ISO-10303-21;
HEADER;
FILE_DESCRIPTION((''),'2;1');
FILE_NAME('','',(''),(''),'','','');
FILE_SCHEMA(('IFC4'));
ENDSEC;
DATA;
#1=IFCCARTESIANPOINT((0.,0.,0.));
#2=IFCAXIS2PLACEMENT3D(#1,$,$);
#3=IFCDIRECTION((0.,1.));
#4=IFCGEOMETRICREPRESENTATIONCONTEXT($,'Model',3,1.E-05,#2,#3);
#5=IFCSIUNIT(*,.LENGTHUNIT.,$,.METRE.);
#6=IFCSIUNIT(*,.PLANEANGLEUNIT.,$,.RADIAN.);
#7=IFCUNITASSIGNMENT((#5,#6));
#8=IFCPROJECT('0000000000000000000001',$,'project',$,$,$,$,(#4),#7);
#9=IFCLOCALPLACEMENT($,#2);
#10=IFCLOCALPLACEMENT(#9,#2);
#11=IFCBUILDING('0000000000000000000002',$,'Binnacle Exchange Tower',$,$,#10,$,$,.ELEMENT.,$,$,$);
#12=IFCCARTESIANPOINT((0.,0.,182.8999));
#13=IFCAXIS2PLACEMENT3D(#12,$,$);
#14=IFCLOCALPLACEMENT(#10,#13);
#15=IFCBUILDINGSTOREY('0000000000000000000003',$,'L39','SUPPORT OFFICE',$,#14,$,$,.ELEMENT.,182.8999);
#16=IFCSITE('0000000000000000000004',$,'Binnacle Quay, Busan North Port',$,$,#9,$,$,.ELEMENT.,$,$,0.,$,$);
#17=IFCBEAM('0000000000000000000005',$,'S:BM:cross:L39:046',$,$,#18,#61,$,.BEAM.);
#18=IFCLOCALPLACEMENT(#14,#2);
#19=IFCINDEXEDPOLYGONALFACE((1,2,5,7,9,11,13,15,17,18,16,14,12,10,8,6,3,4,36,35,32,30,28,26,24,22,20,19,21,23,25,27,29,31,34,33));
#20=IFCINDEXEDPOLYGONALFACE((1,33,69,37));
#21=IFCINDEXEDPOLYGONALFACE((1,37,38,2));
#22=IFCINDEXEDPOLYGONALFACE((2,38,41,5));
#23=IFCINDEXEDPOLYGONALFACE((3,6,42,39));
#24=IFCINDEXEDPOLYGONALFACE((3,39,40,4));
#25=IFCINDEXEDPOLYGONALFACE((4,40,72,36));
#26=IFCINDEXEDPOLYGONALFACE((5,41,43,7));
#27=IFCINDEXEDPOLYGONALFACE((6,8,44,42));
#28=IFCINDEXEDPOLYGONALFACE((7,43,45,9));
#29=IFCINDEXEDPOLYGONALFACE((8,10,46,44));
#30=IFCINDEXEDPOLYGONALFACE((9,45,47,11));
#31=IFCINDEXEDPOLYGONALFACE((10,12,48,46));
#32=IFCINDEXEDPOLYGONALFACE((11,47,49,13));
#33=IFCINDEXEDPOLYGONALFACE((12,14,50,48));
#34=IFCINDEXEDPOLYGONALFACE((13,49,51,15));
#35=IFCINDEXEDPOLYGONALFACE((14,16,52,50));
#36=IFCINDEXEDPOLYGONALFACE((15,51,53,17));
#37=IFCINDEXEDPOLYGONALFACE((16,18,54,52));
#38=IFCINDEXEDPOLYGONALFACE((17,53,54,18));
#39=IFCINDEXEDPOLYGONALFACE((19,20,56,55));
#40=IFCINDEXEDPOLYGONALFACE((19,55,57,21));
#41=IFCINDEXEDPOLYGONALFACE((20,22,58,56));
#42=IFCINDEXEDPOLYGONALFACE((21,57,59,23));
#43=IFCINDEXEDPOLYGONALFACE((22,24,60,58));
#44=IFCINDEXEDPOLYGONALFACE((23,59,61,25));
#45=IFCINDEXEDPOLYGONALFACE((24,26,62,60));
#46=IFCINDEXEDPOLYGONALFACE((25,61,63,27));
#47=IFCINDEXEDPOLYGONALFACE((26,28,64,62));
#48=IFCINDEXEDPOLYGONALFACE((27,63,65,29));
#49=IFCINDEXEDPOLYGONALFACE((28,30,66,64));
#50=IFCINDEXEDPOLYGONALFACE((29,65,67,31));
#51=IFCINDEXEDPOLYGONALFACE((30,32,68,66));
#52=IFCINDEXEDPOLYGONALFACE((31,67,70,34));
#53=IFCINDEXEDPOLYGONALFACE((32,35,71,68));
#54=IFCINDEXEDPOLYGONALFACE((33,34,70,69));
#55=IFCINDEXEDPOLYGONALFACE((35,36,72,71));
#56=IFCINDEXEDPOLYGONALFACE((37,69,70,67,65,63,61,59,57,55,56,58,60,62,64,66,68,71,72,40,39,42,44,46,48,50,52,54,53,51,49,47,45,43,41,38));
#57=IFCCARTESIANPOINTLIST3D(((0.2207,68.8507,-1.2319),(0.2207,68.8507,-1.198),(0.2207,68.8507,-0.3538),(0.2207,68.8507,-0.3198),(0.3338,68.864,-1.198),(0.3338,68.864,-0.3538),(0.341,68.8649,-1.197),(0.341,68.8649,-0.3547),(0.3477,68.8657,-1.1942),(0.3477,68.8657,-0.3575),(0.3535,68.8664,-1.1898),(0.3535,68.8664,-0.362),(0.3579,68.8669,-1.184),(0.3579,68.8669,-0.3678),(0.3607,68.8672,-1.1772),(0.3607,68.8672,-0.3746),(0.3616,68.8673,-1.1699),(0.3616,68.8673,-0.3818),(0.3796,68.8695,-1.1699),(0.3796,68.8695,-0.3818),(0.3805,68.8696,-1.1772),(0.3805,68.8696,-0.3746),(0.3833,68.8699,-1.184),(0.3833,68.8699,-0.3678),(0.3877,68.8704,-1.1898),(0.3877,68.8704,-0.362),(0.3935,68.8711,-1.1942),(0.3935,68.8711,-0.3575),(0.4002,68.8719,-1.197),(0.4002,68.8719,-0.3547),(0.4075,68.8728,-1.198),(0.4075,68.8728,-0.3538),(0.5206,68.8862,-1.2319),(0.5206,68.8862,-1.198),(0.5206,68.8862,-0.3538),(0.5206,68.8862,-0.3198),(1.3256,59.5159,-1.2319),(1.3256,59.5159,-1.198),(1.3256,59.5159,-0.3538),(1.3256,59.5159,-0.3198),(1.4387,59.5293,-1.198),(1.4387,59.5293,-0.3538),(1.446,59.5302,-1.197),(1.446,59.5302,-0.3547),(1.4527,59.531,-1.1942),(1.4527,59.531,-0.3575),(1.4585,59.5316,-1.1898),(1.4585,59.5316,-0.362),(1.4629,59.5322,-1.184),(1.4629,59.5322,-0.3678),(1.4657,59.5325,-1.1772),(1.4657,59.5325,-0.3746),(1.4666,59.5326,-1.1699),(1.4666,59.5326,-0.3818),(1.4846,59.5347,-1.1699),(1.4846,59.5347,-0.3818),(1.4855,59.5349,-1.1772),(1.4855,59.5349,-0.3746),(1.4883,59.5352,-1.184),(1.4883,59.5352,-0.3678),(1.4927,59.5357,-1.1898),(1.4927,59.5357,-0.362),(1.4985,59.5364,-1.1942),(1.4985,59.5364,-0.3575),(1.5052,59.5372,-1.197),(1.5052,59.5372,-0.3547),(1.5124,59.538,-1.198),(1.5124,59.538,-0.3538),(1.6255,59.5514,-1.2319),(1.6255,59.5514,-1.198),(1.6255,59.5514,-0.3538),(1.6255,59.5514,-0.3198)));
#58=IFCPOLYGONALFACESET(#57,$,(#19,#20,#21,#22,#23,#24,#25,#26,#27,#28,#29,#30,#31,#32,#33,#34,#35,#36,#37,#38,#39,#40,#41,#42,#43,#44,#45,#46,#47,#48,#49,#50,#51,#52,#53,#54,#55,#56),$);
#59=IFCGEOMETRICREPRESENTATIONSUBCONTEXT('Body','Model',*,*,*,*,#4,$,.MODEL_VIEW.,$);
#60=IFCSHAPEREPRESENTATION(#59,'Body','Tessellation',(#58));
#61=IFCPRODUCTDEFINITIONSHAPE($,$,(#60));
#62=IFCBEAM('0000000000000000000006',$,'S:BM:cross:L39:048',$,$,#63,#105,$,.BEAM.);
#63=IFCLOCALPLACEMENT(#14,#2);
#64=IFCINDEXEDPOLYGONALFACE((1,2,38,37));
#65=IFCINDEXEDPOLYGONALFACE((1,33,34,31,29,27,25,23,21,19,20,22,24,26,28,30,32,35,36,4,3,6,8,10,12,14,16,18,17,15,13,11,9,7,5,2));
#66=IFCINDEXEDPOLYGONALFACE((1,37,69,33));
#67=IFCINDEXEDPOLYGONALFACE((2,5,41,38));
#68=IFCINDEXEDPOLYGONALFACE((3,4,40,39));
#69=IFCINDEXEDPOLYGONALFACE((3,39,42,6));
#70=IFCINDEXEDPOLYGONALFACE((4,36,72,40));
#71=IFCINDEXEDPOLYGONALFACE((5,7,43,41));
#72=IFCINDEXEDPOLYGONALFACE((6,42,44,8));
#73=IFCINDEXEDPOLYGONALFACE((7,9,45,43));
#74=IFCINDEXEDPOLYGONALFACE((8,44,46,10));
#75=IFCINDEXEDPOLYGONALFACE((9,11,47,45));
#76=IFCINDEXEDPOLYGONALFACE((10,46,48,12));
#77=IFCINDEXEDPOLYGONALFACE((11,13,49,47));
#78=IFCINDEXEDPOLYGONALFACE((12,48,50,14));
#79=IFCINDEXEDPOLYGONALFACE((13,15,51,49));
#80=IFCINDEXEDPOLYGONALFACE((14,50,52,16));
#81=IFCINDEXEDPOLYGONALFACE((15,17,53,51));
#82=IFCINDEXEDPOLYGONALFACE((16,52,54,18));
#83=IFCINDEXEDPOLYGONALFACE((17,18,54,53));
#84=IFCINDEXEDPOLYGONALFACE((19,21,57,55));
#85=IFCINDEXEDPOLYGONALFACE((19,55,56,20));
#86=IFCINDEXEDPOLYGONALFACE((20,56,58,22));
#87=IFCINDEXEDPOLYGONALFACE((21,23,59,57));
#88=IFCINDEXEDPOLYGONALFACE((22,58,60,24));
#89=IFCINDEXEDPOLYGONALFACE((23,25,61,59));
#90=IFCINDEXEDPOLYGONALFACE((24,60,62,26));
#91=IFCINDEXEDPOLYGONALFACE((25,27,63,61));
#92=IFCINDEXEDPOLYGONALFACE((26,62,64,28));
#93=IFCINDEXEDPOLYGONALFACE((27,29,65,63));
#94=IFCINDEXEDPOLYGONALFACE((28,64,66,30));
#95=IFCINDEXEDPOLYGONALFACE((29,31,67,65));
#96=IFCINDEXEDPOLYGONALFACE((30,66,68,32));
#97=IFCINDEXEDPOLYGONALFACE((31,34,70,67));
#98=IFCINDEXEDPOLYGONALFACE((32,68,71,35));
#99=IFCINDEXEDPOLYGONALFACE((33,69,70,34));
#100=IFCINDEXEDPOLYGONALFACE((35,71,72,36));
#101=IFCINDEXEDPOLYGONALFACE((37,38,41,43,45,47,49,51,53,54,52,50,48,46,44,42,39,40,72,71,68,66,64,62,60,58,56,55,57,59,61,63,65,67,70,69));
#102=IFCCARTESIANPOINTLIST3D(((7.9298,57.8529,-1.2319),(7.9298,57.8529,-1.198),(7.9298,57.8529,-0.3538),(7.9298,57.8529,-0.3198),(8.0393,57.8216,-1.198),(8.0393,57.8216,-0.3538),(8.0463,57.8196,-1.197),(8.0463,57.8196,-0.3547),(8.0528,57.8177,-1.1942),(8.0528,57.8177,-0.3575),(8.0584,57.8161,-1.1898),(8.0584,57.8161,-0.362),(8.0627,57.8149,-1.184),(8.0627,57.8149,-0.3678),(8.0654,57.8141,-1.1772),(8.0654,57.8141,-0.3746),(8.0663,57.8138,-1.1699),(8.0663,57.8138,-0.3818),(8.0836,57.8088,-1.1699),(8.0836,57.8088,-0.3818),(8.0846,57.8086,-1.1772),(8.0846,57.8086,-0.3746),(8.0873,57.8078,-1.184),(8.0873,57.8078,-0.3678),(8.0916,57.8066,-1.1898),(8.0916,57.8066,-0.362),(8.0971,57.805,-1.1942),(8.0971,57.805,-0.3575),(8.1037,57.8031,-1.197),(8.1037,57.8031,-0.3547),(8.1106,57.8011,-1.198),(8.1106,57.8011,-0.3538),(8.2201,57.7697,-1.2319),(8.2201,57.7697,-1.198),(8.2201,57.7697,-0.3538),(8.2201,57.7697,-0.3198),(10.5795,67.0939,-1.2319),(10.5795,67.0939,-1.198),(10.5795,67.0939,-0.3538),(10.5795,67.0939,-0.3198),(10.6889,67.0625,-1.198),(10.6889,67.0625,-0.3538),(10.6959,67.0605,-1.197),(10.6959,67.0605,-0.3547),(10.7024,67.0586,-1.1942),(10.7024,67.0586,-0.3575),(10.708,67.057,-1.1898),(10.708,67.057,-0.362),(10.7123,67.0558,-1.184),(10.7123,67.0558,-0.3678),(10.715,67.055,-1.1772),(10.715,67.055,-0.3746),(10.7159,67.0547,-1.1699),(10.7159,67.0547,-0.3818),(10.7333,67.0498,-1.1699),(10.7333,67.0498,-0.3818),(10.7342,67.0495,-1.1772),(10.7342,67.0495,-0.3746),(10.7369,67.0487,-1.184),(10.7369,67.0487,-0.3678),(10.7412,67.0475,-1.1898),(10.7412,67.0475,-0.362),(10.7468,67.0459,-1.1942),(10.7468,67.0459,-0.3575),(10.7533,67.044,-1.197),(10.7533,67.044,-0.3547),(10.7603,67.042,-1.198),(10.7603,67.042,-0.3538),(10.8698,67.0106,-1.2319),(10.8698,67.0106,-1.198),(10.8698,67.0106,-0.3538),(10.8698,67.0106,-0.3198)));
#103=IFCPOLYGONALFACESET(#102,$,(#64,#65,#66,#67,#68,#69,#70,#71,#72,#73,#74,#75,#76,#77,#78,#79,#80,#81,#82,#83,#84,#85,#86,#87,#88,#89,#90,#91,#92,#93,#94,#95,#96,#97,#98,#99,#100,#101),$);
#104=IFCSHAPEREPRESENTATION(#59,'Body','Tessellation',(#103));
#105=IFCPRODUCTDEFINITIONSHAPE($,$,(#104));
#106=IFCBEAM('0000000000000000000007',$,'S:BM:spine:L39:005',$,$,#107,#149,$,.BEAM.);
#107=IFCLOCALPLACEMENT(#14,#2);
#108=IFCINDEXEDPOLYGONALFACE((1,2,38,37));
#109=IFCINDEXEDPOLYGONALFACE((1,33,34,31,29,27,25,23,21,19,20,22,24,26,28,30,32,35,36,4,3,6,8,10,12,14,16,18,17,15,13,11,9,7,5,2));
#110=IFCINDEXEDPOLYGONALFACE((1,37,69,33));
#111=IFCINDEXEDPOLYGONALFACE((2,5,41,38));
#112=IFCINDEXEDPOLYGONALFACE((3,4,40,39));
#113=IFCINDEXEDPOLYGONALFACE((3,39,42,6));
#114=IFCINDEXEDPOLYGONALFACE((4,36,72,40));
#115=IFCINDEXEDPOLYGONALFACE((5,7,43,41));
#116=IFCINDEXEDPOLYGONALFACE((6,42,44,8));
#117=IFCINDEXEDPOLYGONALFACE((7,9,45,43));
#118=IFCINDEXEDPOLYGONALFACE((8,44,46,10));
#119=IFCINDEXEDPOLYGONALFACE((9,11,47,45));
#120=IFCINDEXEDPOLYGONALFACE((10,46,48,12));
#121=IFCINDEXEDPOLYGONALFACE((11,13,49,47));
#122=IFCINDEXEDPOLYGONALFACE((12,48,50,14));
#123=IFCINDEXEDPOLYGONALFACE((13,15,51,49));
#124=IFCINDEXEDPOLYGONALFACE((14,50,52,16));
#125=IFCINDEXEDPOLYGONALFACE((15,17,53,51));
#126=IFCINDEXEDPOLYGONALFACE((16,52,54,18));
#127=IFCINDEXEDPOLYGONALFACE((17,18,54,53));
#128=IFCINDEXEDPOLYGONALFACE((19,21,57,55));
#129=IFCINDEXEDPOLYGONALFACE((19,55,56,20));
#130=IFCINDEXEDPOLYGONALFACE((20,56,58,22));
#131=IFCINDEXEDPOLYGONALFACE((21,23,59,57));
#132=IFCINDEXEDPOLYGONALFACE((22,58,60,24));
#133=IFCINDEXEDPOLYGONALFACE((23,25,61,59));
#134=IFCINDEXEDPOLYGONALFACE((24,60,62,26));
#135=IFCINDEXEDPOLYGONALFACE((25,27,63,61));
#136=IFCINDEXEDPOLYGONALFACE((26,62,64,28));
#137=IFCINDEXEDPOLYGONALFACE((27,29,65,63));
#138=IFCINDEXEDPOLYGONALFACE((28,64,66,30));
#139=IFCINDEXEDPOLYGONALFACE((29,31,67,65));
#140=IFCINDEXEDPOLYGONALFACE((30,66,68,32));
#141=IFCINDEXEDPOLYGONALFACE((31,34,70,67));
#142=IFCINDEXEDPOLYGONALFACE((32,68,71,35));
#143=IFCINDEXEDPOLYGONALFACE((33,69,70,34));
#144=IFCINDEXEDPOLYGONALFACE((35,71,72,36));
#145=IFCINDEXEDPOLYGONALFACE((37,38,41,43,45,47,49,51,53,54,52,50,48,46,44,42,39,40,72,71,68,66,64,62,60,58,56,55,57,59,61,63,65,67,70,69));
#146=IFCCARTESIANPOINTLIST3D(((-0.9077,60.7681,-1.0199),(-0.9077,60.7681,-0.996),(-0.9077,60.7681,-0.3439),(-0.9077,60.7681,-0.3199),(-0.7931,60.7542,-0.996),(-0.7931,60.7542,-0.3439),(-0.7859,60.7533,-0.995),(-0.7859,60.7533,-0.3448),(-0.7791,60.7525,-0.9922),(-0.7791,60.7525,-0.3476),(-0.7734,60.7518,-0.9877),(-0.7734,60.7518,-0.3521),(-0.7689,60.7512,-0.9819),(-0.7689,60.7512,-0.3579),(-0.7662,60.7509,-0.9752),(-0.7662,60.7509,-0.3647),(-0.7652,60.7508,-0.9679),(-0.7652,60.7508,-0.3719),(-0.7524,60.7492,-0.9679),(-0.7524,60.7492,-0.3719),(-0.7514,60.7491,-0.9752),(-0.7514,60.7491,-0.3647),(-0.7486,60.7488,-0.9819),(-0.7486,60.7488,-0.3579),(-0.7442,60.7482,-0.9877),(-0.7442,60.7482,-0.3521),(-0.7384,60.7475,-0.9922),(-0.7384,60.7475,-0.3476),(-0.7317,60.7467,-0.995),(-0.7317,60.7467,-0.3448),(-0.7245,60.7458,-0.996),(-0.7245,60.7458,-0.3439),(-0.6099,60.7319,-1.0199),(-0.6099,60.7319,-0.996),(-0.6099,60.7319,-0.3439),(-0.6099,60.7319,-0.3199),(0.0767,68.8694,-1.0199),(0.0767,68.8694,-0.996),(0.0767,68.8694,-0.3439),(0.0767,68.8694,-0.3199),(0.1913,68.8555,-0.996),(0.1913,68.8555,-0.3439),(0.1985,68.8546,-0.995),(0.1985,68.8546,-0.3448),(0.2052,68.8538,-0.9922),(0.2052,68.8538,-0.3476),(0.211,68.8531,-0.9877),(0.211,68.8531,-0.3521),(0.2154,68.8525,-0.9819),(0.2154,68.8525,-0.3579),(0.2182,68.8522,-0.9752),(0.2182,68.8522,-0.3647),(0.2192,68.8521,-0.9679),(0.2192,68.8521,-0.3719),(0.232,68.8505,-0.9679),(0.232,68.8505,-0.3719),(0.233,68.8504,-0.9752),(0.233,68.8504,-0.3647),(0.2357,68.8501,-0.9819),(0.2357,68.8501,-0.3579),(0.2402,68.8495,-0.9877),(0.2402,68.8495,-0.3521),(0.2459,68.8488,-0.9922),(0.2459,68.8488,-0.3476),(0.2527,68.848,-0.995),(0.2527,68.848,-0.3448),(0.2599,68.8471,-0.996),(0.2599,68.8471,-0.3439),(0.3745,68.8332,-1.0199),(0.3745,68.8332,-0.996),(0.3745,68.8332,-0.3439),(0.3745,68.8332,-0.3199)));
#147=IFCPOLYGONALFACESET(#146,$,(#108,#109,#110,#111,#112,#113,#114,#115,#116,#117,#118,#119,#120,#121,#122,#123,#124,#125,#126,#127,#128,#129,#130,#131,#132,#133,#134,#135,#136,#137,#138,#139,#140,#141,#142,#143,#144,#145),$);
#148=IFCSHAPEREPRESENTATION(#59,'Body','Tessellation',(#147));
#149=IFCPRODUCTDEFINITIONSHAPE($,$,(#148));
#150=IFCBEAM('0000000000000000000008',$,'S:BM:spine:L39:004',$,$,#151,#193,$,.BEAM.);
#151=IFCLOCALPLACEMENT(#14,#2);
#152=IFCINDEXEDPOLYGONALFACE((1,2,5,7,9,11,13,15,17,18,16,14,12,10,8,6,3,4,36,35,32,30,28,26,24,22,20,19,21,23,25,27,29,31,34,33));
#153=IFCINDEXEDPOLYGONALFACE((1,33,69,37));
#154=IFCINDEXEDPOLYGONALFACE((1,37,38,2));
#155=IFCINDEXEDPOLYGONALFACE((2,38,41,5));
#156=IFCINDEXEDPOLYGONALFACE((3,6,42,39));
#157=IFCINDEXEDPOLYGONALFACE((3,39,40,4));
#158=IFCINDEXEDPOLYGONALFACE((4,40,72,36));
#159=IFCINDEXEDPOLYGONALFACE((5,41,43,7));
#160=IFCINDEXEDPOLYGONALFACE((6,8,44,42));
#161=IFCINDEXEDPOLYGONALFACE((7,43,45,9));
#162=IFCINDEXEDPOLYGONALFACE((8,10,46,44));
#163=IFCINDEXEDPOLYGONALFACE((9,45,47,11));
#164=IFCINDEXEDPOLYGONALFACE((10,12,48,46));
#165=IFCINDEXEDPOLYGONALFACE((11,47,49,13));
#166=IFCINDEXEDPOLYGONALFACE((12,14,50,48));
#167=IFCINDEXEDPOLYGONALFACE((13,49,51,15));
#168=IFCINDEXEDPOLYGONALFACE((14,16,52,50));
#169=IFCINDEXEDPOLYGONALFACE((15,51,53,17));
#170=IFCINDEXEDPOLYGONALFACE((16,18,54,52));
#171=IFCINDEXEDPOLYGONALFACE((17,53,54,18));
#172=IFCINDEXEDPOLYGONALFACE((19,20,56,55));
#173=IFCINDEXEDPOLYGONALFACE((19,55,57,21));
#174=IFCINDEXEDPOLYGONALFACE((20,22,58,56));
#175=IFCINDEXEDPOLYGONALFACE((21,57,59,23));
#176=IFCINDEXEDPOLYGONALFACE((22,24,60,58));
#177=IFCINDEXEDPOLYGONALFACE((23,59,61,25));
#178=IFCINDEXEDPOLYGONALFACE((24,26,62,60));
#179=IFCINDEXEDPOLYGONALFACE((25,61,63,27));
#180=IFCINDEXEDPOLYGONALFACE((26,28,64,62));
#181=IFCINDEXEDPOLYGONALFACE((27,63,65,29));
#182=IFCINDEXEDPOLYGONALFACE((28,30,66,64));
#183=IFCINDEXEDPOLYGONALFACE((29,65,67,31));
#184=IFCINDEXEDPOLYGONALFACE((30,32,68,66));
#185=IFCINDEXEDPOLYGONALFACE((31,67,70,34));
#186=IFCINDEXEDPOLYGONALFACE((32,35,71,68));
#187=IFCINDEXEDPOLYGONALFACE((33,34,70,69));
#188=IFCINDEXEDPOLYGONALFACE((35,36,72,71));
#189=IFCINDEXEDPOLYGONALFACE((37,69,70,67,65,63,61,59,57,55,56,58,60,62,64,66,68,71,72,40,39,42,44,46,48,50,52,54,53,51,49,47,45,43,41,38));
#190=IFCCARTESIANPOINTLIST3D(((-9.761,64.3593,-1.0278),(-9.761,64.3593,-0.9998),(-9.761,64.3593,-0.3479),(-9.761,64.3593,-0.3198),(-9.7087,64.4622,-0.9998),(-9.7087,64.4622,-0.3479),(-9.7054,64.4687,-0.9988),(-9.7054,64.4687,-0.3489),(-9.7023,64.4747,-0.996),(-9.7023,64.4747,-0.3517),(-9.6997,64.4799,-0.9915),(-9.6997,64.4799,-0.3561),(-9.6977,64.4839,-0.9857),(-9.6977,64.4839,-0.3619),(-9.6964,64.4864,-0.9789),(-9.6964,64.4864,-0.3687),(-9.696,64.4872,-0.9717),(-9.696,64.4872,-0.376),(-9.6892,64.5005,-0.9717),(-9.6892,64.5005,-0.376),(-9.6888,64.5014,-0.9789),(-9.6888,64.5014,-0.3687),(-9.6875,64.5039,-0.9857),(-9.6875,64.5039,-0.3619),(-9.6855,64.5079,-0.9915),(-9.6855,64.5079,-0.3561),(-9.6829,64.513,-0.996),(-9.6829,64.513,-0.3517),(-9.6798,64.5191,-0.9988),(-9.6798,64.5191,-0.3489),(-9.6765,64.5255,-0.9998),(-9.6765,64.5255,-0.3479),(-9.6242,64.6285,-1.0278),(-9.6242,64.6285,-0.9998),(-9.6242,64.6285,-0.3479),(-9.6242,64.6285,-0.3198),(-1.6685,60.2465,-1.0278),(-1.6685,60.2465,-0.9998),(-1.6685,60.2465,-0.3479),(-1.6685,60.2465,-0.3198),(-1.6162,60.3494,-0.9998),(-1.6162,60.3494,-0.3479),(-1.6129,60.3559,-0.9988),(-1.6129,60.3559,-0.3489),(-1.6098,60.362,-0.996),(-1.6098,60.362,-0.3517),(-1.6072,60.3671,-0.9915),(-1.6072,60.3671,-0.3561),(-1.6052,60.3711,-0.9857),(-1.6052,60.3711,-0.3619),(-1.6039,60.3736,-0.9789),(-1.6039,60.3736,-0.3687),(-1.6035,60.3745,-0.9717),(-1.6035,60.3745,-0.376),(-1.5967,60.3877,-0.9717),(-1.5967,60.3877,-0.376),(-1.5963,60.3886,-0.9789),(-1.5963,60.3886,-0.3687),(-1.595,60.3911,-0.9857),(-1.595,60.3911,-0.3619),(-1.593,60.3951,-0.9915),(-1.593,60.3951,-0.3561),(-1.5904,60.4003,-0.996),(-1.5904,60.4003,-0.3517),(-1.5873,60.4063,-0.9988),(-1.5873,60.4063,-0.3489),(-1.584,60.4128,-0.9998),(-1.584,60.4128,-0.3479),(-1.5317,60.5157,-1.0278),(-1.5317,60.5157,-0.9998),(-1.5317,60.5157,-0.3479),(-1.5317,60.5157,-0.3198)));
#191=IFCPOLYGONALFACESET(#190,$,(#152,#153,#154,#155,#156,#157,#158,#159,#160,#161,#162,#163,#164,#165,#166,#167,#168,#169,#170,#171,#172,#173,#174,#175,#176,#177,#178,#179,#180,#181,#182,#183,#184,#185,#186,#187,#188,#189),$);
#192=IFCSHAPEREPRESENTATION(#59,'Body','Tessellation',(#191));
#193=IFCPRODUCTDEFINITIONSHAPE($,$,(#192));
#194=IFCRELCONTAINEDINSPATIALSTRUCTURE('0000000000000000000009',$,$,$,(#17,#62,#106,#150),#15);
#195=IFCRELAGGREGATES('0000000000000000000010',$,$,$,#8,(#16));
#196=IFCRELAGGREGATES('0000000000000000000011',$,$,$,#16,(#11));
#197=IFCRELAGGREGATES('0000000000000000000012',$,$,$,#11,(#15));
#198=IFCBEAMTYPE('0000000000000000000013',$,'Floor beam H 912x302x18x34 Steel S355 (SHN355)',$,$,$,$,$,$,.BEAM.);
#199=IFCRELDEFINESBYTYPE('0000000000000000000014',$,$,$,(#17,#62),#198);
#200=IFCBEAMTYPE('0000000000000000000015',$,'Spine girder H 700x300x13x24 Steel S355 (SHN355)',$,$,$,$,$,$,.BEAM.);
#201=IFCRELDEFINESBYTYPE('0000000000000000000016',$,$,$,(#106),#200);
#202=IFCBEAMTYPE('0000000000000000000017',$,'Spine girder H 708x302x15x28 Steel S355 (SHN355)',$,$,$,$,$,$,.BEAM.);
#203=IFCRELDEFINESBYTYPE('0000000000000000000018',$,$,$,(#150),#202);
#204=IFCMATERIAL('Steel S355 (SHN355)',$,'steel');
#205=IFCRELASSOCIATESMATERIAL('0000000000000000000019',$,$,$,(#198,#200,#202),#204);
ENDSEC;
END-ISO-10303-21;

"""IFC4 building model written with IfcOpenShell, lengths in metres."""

from ifc_helpers import new_model, si_unit, direction, frame, origin, origin_2d, place, context, subcontext, project, spatial, i_section, extrude, material, material_profile, profile_set, type_object, element, save


model = new_model("IFC4")

# Units and contexts
model_context = context("Model", 3, precision=1e-05, world=origin(), true_north=direction((0.0, 1.0)))
body_context = subcontext(model_context, "Body", "Model", "MODEL_VIEW")
ifc_project = project(units=[si_unit("LENGTHUNIT", "METRE"), si_unit("PLANEANGLEUNIT", "RADIAN")], contexts=[model_context])

# Site, building, storey
site_placement = place(None, origin())
site = spatial("IfcSite", under=ifc_project, at=site_placement, Name="Binnacle Quay, Busan North Port", CompositionType="ELEMENT", RefElevation=0.0)
building_placement = place(site_placement, origin())
building = spatial("IfcBuilding", under=site, at=building_placement, Name="Binnacle Exchange Tower", CompositionType="ELEMENT")
storey_placement = place(building_placement, frame((0.0, 0.0, 182.8999)))
storey = spatial("IfcBuildingStorey", under=building, at=storey_placement, Name="L39", Description="SUPPORT OFFICE", CompositionType="ELEMENT", Elevation=182.8999)

# Beams
ifc_material_1 = material(Name="Steel S355 (SHN355)", Category="steel")
ifc_material_profile_1 = material_profile(ifc_material_1, i_section(OverallWidth=0.302, OverallDepth=0.9121, WebThickness=0.0181, FlangeThickness=0.0339, FilletRadius=0.0281, at=origin_2d()), Name="H 912x302x18x34")
ifc_profile_set_1 = profile_set([ifc_material_profile_1], Name="Steel S355 (SHN355)")
beam_type_1 = type_object("IfcBeamType", Name="Floor beam H 912x302x18x34 Steel S355 (SHN355)", PredefinedType="BEAM", material=ifc_profile_set_1)
beam_1_placement = place(storey_placement, frame((0.3706, 68.8684, -0.7759), z_axis=(0.117552, -0.993067, 0.0), x_axis=(0.993067, 0.117552, 0.0)))
element("IfcBeam", 1, at=beam_1_placement, inside=storey, type_object=beam_type_1, Name="S:BM:cross:L39:046", PredefinedType="BEAM", context=body_context, shape_type="SweptSolid", body=[
    extrude(i_section(OverallWidth=0.302, OverallDepth=0.9121, WebThickness=0.0181, FlangeThickness=0.0339, FilletRadius=0.0281, at=origin_2d()), origin(), (0.0, 0.0, 1.0), 9.3999),
])
beam_2_placement = place(storey_placement, frame((10.7246, 67.0522, -0.7759), z_axis=(-0.275623, -0.961266, 0.0), x_axis=(0.961266, -0.275623, 0.0)))
element("IfcBeam", 2, at=beam_2_placement, inside=storey, type_object=beam_type_1, Name="S:BM:cross:L39:048", PredefinedType="BEAM", context=body_context, shape_type="SweptSolid", body=[
    extrude(i_section(OverallWidth=0.302, OverallDepth=0.9121, WebThickness=0.0181, FlangeThickness=0.0339, FilletRadius=0.0281, at=origin_2d()), origin(), (0.0, 0.0, 1.0), 9.6133),
])
ifc_material_profile_2 = material_profile(ifc_material_1, i_section(OverallWidth=0.3, OverallDepth=0.7, WebThickness=0.0129, FlangeThickness=0.0239, FilletRadius=0.0281, at=origin_2d()), Name="H 700x300x13x24")
ifc_profile_set_2 = profile_set([ifc_material_profile_2], Name="Steel S355 (SHN355)")
beam_type_2 = type_object("IfcBeamType", Name="Spine girder H 700x300x13x24 Steel S355 (SHN355)", PredefinedType="BEAM", material=ifc_profile_set_2)
beam_3_placement = place(storey_placement, frame((-0.7588, 60.75, -0.6699), z_axis=(0.120621, 0.992699, 0.0), x_axis=(-0.992699, 0.120621, 0.0)))
element("IfcBeam", 3, at=beam_3_placement, inside=storey, type_object=beam_type_2, Name="S:BM:spine:L39:005", PredefinedType="BEAM", context=body_context, shape_type="SweptSolid", body=[
    extrude(i_section(OverallWidth=0.3, OverallDepth=0.7, WebThickness=0.0129, FlangeThickness=0.0239, FilletRadius=0.0281, at=origin_2d()), origin(), (0.0, 0.0, 1.0), 8.1609),
])
ifc_material_profile_3 = material_profile(ifc_material_1, i_section(OverallWidth=0.302, OverallDepth=0.708, WebThickness=0.0149, FlangeThickness=0.0281, FilletRadius=0.0281, at=origin_2d()), Name="H 708x302x15x28")
ifc_profile_set_3 = profile_set([ifc_material_profile_3], Name="Steel S355 (SHN355)")
beam_type_3 = type_object("IfcBeamType", Name="Spine girder H 708x302x15x28 Steel S355 (SHN355)", PredefinedType="BEAM", material=ifc_profile_set_3)
beam_4_placement = place(storey_placement, frame((-1.6001, 60.3811, -0.6738), z_axis=(-0.891476, 0.453067, 0.0), x_axis=(-0.453067, -0.891476, 0.0)))
element("IfcBeam", 4, at=beam_4_placement, inside=storey, type_object=beam_type_3, Name="S:BM:spine:L39:004", PredefinedType="BEAM", context=body_context, shape_type="SweptSolid", body=[
    extrude(i_section(OverallWidth=0.302, OverallDepth=0.708, WebThickness=0.0149, FlangeThickness=0.0281, FilletRadius=0.0281, at=origin_2d()), origin(), (0.0, 0.0, 1.0), 9.0776),
])

save(model, "model.ifc")
